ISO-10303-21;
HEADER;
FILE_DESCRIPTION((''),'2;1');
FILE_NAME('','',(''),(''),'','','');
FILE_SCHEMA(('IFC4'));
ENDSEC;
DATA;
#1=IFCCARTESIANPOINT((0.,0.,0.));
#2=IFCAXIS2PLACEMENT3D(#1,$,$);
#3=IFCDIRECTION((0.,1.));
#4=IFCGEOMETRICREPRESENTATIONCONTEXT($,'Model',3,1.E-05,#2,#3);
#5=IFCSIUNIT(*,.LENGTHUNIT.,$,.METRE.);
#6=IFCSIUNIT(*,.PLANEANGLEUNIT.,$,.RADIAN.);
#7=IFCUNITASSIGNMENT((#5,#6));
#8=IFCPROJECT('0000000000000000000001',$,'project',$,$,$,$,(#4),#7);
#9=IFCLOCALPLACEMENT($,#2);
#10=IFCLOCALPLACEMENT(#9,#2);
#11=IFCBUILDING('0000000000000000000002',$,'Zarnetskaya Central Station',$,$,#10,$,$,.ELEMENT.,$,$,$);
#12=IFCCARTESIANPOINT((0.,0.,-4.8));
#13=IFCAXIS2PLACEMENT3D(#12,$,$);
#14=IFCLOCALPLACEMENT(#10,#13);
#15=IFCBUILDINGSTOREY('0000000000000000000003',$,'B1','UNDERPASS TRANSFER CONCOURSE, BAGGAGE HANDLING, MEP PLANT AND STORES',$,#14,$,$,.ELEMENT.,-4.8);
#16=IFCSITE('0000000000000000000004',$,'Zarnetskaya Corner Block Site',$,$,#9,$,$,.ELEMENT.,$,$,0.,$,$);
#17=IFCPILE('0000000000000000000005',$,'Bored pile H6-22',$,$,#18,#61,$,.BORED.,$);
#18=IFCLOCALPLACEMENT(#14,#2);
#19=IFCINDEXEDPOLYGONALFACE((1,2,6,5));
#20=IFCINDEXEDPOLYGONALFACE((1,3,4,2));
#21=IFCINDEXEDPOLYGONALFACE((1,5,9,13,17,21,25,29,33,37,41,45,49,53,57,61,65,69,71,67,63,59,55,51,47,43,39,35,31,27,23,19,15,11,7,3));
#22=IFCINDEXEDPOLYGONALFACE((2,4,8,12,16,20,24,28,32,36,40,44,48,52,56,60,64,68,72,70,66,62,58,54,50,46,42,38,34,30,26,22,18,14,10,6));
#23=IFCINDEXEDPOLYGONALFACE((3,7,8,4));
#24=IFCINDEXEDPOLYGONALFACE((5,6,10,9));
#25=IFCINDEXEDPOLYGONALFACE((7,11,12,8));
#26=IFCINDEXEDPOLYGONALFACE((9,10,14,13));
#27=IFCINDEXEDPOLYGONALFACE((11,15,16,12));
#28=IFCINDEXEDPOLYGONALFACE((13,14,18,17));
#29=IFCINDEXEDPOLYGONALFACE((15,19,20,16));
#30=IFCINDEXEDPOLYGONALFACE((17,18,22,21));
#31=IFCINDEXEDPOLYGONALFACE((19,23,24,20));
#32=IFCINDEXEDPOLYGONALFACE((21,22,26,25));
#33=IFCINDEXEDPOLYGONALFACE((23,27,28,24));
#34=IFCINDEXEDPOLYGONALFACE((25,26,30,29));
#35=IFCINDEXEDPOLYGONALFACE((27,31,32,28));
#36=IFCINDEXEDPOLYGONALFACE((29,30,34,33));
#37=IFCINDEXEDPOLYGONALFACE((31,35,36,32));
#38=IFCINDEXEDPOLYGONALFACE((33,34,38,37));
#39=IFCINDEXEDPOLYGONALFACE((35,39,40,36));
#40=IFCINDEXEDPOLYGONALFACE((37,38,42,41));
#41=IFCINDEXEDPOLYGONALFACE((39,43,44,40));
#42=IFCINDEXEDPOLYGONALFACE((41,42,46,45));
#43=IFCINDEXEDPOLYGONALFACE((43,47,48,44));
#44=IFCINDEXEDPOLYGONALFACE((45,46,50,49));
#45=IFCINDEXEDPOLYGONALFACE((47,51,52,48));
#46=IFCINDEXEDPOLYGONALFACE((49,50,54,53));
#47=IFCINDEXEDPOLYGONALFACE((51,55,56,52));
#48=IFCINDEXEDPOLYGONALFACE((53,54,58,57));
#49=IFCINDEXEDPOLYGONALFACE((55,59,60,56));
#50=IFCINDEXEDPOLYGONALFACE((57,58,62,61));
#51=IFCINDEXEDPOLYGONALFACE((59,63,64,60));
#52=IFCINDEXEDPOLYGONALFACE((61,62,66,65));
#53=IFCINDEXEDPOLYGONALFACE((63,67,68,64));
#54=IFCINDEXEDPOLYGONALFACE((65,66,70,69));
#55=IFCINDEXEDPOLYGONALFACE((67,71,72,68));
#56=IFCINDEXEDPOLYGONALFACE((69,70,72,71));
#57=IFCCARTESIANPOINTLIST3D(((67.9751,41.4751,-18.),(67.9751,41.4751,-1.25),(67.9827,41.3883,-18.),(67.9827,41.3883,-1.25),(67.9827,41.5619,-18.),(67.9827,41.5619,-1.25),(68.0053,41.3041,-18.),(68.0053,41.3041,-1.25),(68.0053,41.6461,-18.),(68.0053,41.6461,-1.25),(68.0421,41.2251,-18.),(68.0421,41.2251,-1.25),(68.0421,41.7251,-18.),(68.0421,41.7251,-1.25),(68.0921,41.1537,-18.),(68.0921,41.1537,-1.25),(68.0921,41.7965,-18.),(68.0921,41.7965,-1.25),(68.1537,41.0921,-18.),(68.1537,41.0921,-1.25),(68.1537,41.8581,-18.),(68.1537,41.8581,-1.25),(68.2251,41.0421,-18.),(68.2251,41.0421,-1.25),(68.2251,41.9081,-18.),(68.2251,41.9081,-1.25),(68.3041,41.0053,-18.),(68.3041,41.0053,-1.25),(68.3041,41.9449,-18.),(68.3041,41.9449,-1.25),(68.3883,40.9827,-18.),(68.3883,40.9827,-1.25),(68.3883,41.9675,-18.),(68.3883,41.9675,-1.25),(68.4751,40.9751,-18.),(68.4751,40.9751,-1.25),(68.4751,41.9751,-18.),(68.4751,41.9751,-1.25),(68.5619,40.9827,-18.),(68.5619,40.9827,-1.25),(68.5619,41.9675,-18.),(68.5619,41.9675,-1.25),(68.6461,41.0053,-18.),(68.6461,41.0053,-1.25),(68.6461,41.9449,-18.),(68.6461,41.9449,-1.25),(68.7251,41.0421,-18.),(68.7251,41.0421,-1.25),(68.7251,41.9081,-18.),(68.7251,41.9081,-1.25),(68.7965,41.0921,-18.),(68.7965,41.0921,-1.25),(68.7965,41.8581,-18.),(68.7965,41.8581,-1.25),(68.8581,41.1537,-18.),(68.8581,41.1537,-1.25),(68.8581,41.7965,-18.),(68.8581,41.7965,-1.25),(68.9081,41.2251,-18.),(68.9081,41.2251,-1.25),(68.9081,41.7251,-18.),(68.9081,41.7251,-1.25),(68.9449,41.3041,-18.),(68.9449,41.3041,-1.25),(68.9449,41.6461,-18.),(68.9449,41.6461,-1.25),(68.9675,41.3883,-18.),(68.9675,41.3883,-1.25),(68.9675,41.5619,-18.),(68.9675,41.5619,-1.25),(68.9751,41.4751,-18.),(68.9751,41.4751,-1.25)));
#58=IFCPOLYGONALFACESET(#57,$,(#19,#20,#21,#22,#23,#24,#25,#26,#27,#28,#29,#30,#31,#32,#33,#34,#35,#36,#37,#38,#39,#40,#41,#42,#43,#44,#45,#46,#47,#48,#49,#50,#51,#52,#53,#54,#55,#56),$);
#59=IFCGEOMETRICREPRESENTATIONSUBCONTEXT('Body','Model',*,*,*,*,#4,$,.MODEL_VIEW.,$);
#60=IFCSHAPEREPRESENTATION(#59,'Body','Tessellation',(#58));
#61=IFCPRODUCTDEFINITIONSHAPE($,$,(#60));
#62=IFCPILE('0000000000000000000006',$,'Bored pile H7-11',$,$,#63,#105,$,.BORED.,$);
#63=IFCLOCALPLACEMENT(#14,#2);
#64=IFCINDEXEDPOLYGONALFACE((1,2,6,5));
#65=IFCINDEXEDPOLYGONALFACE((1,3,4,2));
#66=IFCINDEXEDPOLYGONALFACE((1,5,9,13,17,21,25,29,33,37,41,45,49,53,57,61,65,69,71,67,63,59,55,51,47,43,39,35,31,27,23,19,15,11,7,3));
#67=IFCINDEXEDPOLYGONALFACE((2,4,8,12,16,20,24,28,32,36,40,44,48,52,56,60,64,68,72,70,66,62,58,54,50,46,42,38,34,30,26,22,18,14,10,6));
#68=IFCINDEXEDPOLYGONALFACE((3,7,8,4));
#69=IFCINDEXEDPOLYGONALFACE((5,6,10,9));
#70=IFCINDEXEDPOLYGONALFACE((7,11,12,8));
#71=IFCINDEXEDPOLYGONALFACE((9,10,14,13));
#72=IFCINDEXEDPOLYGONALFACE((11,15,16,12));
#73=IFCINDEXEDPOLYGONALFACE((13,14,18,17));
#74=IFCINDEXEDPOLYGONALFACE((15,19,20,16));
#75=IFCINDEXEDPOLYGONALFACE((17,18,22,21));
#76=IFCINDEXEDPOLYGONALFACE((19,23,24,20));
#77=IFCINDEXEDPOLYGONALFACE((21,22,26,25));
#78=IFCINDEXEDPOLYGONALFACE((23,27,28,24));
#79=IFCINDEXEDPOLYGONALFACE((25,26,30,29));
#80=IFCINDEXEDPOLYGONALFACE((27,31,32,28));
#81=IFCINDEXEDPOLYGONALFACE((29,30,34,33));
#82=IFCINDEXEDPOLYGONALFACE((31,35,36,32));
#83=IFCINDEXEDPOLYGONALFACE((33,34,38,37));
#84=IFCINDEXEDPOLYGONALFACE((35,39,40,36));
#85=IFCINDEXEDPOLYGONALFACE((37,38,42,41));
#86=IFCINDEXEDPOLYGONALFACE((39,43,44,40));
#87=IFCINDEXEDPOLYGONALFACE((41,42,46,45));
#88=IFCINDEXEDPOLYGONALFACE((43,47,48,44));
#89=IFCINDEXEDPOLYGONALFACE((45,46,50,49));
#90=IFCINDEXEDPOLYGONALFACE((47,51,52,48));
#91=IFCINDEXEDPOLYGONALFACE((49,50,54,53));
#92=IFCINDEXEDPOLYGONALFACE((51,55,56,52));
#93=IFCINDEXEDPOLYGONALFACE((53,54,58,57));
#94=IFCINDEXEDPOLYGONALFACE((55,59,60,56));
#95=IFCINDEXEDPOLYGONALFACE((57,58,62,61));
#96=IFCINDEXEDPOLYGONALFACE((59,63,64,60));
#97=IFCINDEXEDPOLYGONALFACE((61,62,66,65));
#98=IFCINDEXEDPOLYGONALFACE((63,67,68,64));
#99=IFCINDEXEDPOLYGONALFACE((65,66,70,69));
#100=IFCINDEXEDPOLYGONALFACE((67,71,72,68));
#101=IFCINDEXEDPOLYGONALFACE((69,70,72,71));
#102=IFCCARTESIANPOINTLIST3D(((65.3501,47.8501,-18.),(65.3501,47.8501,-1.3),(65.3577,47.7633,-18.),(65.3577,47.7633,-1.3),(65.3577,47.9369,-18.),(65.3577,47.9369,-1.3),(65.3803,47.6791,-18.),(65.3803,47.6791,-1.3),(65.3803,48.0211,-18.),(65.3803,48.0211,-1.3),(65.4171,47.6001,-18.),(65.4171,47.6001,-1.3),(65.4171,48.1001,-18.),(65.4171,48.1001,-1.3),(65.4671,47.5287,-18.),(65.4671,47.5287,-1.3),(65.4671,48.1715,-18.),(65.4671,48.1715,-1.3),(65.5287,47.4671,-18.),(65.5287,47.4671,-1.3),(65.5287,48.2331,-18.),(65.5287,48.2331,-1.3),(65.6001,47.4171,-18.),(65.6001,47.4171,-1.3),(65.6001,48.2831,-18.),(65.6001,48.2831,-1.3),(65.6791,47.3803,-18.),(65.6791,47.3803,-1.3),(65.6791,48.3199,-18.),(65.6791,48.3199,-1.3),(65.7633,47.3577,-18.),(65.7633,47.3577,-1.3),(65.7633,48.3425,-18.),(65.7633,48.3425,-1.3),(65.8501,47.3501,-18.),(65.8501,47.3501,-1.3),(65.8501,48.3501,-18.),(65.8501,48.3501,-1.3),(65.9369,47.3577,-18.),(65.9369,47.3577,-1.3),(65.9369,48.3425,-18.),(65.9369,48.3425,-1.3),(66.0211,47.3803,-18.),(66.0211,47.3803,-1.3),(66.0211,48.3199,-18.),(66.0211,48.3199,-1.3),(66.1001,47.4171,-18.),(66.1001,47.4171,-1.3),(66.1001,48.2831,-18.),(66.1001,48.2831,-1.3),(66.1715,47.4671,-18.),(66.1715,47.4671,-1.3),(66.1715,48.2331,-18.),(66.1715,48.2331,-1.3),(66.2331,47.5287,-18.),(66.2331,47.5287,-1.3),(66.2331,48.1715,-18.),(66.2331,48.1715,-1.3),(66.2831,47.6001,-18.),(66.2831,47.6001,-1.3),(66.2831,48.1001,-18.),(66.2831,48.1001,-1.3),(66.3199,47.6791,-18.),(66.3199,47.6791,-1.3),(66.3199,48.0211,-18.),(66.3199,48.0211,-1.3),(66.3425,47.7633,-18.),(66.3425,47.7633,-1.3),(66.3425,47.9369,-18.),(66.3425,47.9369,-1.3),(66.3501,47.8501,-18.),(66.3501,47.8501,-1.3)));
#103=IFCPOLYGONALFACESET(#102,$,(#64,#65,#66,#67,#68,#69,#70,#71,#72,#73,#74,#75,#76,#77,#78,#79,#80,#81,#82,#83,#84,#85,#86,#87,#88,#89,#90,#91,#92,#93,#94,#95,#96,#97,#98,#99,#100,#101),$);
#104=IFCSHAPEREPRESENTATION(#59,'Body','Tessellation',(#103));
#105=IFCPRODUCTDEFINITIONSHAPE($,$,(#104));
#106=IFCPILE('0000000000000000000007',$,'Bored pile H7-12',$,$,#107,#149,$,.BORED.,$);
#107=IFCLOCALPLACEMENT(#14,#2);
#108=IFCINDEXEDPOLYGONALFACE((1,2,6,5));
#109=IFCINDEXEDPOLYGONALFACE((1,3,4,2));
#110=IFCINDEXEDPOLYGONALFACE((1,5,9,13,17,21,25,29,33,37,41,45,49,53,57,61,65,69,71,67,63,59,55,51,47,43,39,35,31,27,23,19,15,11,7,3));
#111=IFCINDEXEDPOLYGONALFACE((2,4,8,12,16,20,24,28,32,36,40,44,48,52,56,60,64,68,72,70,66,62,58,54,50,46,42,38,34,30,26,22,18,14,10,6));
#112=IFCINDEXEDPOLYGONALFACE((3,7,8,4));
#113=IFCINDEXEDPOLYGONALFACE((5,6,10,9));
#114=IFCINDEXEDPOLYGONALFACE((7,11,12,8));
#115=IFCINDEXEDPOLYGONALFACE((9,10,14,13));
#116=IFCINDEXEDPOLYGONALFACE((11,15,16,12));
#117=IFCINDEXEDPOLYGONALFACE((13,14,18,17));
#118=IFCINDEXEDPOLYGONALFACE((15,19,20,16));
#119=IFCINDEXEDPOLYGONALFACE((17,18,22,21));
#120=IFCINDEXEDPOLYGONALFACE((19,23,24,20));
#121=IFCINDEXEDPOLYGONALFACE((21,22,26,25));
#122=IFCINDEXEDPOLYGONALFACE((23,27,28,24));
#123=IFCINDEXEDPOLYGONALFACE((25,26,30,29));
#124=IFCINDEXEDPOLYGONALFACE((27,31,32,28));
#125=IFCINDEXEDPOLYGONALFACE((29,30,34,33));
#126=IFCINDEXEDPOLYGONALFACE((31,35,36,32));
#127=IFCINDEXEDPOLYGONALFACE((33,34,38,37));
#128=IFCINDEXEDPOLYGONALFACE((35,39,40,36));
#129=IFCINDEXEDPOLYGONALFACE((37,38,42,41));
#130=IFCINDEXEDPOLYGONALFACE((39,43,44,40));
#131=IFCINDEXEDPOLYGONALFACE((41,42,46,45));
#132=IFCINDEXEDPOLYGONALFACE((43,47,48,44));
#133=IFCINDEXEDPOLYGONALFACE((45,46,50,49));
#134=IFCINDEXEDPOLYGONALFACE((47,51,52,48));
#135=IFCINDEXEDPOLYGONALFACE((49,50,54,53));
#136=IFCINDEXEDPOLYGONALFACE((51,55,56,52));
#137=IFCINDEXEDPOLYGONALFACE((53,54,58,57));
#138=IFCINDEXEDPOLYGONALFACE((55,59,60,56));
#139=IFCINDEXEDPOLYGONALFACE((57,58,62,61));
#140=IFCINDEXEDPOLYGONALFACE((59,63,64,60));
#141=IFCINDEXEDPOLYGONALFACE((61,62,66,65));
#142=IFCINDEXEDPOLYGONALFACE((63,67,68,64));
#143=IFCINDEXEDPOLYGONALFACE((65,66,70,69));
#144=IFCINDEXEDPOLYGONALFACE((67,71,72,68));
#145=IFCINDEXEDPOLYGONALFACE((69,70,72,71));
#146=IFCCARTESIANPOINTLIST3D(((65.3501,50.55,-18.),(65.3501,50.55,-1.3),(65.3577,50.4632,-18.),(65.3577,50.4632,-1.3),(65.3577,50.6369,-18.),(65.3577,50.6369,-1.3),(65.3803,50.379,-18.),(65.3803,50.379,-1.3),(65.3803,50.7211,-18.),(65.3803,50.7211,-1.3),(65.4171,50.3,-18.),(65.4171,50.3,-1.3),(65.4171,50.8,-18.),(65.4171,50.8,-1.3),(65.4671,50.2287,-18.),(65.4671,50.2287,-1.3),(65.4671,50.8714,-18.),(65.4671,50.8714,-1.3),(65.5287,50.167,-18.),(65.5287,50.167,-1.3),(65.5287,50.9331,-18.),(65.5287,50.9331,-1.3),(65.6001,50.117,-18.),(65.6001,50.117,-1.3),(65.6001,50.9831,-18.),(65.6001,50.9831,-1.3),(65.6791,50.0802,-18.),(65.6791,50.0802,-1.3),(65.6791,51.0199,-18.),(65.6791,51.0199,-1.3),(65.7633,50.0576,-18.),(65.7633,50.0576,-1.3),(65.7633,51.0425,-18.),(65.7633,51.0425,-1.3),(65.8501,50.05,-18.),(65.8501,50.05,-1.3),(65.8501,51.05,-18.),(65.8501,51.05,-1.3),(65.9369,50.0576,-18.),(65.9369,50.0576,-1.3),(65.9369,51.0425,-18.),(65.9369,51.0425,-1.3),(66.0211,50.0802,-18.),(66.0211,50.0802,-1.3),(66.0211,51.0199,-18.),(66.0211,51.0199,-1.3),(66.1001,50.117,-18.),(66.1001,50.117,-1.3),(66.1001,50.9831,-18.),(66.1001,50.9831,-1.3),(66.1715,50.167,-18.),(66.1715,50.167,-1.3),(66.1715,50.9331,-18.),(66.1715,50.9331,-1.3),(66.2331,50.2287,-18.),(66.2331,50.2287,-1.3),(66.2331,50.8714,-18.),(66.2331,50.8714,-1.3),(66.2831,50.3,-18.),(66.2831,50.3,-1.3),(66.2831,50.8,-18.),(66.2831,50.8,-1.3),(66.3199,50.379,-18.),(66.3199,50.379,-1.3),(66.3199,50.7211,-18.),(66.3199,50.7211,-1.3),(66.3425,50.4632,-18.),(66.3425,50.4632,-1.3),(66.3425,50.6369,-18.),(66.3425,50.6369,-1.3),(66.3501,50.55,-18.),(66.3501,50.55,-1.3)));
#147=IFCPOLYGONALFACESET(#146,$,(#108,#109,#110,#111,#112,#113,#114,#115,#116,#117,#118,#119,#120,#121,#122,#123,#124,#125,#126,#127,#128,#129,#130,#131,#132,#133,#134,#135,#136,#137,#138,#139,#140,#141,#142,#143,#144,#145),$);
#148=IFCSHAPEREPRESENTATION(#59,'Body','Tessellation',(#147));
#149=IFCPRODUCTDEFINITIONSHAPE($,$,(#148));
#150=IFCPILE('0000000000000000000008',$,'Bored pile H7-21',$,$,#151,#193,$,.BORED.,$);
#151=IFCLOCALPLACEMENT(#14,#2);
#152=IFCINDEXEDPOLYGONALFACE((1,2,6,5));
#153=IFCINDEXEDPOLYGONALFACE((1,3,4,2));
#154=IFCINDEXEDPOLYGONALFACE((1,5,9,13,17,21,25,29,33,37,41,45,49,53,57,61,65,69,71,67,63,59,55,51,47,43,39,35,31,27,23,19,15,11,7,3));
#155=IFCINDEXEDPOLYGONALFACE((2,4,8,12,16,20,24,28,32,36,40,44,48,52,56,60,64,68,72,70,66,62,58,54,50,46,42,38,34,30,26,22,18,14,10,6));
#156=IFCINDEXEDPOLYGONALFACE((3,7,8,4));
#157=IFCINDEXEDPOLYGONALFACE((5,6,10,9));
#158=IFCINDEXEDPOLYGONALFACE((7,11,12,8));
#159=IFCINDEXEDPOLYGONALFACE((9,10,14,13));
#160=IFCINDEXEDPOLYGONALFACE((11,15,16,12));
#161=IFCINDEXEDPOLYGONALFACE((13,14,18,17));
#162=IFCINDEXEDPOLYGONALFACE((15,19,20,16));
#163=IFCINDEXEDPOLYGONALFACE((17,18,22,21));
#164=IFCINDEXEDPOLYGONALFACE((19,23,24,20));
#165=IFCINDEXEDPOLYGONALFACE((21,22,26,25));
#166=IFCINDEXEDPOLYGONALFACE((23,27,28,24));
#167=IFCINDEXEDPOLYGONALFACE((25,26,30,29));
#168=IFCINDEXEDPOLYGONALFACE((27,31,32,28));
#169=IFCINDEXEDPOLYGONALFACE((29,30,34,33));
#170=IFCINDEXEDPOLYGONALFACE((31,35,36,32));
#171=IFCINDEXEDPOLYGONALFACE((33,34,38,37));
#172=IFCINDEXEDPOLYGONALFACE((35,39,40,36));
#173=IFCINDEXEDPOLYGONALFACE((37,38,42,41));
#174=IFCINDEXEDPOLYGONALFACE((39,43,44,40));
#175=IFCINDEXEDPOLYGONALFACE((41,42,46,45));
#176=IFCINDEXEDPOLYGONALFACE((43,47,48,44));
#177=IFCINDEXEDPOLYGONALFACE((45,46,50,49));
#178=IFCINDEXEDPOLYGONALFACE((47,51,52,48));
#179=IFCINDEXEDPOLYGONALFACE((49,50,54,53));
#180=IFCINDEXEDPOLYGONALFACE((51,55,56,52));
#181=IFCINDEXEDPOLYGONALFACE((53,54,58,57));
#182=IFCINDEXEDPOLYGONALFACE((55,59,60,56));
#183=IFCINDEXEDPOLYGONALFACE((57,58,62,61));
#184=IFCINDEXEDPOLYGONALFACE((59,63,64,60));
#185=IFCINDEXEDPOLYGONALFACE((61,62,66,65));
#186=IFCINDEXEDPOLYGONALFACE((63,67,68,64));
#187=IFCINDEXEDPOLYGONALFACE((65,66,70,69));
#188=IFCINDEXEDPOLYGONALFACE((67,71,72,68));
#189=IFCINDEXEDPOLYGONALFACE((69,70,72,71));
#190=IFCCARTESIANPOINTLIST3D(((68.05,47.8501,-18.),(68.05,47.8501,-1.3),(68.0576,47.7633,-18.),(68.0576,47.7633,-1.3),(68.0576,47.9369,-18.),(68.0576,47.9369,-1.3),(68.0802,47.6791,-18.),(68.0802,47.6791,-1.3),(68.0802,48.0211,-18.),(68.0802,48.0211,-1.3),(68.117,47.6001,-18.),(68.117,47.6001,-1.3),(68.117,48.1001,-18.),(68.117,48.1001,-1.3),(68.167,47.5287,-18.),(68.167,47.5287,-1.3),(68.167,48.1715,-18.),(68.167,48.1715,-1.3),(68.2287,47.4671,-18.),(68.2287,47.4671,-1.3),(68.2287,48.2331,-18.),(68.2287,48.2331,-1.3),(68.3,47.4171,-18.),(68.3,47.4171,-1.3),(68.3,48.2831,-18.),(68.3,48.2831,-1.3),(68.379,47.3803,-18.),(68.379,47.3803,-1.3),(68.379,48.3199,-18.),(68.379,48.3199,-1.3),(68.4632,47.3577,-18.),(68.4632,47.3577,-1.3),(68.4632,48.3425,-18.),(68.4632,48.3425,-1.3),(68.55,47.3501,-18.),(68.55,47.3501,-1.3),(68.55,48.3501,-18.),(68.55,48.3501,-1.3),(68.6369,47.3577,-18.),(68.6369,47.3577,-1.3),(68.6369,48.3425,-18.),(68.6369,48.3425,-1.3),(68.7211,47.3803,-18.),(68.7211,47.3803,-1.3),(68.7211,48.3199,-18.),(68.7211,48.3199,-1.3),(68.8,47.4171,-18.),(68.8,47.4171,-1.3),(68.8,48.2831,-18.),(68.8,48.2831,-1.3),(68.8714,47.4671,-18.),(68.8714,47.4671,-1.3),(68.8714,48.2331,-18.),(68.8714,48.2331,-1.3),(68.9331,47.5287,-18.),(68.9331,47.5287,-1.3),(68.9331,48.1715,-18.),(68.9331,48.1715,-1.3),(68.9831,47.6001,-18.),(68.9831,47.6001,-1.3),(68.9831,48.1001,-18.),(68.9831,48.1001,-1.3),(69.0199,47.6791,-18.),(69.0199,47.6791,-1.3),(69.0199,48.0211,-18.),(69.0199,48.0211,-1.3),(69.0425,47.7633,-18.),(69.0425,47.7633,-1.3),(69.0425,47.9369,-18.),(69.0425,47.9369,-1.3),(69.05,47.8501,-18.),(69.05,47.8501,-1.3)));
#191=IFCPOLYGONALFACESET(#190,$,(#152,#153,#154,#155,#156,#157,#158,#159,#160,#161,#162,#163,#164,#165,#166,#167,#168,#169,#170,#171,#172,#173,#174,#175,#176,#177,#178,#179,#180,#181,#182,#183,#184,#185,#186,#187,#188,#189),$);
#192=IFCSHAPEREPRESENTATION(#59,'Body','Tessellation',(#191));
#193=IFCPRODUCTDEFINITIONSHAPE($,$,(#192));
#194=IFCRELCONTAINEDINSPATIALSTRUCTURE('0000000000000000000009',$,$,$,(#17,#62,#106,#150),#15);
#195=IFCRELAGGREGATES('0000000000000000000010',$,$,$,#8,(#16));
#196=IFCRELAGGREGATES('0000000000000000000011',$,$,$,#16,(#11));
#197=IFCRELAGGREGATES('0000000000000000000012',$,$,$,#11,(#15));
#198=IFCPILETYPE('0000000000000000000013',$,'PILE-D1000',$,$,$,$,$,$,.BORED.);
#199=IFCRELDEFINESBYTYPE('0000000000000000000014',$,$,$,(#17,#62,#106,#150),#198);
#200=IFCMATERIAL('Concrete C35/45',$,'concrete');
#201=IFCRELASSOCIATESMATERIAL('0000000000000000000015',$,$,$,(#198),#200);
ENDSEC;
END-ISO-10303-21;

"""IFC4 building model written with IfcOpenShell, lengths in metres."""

from ifc_helpers import new_model, si_unit, direction, frame, origin, origin_2d, place, context, subcontext, project, spatial, circle, extrude, material, material_profile, profile_set, type_object, element, save


model = new_model("IFC4")

# Units and contexts
model_context = context("Model", 3, precision=1e-05, world=origin(), true_north=direction((0.0, 1.0)))
body_context = subcontext(model_context, "Body", "Model", "MODEL_VIEW")
ifc_project = project(units=[si_unit("LENGTHUNIT", "METRE"), si_unit("PLANEANGLEUNIT", "RADIAN")], contexts=[model_context])

# Site, building, storey
site_placement = place(None, origin())
site = spatial("IfcSite", under=ifc_project, at=site_placement, Name="Zarnetskaya Corner Block Site", CompositionType="ELEMENT", RefElevation=0.0)
building_placement = place(site_placement, origin())
building = spatial("IfcBuilding", under=site, at=building_placement, Name="Zarnetskaya Central Station", CompositionType="ELEMENT")
storey_placement = place(building_placement, frame((0.0, 0.0, -4.8)))
storey = spatial("IfcBuildingStorey", under=building, at=storey_placement, Name="B1", Description="UNDERPASS TRANSFER CONCOURSE, BAGGAGE HANDLING, MEP PLANT AND STORES", CompositionType="ELEMENT", Elevation=-4.8)

# Shared definitions
ifc_material = material(Name="Concrete C35/45", Category="concrete")

# Piles
ifc_material_profile_1 = material_profile(ifc_material, circle(Radius=0.5, at=origin_2d()), Name="BORED PILE D1000")
ifc_profile_set_1 = profile_set([ifc_material_profile_1], Name="Concrete C35/45")
pile_type_1 = type_object("IfcPileType", Name="PILE-D1000", PredefinedType="BORED", material=ifc_profile_set_1)
for number, where, z_axis, x_axis, name in (
    (1, (68.4751, 41.4751, -1.25), (0.0, 0.0, -1.0), (1.0, 0.0, 0.0), "Bored pile H6-22"),
):
    element("IfcPile", number, at=place(storey_placement, frame(where, z_axis=z_axis, x_axis=x_axis)), inside=storey, type_object=pile_type_1, Name=name, PredefinedType="BORED", context=body_context, shape_type="SweptSolid", body=[
        extrude(circle(Radius=0.5, at=origin_2d()), origin(), (0.0, 0.0, 1.0), 16.75),
    ])
for number, where, z_axis, x_axis, name in (
    (2, (65.8501, 47.8501, -1.3), (0.0, 0.0, -1.0), (1.0, 0.0, 0.0), "Bored pile H7-11"),
    (3, (65.8501, 50.55, -1.3), (0.0, 0.0, -1.0), (1.0, 0.0, 0.0), "Bored pile H7-12"),
    (4, (68.55, 47.8501, -1.3), (0.0, 0.0, -1.0), (1.0, 0.0, 0.0), "Bored pile H7-21"),
):
    element("IfcPile", number, at=place(storey_placement, frame(where, z_axis=z_axis, x_axis=x_axis)), inside=storey, type_object=pile_type_1, Name=name, PredefinedType="BORED", context=body_context, shape_type="SweptSolid", body=[
        extrude(circle(Radius=0.5, at=origin_2d()), origin(), (0.0, 0.0, 1.0), 16.7),
    ])

save(model, "model.ifc")
